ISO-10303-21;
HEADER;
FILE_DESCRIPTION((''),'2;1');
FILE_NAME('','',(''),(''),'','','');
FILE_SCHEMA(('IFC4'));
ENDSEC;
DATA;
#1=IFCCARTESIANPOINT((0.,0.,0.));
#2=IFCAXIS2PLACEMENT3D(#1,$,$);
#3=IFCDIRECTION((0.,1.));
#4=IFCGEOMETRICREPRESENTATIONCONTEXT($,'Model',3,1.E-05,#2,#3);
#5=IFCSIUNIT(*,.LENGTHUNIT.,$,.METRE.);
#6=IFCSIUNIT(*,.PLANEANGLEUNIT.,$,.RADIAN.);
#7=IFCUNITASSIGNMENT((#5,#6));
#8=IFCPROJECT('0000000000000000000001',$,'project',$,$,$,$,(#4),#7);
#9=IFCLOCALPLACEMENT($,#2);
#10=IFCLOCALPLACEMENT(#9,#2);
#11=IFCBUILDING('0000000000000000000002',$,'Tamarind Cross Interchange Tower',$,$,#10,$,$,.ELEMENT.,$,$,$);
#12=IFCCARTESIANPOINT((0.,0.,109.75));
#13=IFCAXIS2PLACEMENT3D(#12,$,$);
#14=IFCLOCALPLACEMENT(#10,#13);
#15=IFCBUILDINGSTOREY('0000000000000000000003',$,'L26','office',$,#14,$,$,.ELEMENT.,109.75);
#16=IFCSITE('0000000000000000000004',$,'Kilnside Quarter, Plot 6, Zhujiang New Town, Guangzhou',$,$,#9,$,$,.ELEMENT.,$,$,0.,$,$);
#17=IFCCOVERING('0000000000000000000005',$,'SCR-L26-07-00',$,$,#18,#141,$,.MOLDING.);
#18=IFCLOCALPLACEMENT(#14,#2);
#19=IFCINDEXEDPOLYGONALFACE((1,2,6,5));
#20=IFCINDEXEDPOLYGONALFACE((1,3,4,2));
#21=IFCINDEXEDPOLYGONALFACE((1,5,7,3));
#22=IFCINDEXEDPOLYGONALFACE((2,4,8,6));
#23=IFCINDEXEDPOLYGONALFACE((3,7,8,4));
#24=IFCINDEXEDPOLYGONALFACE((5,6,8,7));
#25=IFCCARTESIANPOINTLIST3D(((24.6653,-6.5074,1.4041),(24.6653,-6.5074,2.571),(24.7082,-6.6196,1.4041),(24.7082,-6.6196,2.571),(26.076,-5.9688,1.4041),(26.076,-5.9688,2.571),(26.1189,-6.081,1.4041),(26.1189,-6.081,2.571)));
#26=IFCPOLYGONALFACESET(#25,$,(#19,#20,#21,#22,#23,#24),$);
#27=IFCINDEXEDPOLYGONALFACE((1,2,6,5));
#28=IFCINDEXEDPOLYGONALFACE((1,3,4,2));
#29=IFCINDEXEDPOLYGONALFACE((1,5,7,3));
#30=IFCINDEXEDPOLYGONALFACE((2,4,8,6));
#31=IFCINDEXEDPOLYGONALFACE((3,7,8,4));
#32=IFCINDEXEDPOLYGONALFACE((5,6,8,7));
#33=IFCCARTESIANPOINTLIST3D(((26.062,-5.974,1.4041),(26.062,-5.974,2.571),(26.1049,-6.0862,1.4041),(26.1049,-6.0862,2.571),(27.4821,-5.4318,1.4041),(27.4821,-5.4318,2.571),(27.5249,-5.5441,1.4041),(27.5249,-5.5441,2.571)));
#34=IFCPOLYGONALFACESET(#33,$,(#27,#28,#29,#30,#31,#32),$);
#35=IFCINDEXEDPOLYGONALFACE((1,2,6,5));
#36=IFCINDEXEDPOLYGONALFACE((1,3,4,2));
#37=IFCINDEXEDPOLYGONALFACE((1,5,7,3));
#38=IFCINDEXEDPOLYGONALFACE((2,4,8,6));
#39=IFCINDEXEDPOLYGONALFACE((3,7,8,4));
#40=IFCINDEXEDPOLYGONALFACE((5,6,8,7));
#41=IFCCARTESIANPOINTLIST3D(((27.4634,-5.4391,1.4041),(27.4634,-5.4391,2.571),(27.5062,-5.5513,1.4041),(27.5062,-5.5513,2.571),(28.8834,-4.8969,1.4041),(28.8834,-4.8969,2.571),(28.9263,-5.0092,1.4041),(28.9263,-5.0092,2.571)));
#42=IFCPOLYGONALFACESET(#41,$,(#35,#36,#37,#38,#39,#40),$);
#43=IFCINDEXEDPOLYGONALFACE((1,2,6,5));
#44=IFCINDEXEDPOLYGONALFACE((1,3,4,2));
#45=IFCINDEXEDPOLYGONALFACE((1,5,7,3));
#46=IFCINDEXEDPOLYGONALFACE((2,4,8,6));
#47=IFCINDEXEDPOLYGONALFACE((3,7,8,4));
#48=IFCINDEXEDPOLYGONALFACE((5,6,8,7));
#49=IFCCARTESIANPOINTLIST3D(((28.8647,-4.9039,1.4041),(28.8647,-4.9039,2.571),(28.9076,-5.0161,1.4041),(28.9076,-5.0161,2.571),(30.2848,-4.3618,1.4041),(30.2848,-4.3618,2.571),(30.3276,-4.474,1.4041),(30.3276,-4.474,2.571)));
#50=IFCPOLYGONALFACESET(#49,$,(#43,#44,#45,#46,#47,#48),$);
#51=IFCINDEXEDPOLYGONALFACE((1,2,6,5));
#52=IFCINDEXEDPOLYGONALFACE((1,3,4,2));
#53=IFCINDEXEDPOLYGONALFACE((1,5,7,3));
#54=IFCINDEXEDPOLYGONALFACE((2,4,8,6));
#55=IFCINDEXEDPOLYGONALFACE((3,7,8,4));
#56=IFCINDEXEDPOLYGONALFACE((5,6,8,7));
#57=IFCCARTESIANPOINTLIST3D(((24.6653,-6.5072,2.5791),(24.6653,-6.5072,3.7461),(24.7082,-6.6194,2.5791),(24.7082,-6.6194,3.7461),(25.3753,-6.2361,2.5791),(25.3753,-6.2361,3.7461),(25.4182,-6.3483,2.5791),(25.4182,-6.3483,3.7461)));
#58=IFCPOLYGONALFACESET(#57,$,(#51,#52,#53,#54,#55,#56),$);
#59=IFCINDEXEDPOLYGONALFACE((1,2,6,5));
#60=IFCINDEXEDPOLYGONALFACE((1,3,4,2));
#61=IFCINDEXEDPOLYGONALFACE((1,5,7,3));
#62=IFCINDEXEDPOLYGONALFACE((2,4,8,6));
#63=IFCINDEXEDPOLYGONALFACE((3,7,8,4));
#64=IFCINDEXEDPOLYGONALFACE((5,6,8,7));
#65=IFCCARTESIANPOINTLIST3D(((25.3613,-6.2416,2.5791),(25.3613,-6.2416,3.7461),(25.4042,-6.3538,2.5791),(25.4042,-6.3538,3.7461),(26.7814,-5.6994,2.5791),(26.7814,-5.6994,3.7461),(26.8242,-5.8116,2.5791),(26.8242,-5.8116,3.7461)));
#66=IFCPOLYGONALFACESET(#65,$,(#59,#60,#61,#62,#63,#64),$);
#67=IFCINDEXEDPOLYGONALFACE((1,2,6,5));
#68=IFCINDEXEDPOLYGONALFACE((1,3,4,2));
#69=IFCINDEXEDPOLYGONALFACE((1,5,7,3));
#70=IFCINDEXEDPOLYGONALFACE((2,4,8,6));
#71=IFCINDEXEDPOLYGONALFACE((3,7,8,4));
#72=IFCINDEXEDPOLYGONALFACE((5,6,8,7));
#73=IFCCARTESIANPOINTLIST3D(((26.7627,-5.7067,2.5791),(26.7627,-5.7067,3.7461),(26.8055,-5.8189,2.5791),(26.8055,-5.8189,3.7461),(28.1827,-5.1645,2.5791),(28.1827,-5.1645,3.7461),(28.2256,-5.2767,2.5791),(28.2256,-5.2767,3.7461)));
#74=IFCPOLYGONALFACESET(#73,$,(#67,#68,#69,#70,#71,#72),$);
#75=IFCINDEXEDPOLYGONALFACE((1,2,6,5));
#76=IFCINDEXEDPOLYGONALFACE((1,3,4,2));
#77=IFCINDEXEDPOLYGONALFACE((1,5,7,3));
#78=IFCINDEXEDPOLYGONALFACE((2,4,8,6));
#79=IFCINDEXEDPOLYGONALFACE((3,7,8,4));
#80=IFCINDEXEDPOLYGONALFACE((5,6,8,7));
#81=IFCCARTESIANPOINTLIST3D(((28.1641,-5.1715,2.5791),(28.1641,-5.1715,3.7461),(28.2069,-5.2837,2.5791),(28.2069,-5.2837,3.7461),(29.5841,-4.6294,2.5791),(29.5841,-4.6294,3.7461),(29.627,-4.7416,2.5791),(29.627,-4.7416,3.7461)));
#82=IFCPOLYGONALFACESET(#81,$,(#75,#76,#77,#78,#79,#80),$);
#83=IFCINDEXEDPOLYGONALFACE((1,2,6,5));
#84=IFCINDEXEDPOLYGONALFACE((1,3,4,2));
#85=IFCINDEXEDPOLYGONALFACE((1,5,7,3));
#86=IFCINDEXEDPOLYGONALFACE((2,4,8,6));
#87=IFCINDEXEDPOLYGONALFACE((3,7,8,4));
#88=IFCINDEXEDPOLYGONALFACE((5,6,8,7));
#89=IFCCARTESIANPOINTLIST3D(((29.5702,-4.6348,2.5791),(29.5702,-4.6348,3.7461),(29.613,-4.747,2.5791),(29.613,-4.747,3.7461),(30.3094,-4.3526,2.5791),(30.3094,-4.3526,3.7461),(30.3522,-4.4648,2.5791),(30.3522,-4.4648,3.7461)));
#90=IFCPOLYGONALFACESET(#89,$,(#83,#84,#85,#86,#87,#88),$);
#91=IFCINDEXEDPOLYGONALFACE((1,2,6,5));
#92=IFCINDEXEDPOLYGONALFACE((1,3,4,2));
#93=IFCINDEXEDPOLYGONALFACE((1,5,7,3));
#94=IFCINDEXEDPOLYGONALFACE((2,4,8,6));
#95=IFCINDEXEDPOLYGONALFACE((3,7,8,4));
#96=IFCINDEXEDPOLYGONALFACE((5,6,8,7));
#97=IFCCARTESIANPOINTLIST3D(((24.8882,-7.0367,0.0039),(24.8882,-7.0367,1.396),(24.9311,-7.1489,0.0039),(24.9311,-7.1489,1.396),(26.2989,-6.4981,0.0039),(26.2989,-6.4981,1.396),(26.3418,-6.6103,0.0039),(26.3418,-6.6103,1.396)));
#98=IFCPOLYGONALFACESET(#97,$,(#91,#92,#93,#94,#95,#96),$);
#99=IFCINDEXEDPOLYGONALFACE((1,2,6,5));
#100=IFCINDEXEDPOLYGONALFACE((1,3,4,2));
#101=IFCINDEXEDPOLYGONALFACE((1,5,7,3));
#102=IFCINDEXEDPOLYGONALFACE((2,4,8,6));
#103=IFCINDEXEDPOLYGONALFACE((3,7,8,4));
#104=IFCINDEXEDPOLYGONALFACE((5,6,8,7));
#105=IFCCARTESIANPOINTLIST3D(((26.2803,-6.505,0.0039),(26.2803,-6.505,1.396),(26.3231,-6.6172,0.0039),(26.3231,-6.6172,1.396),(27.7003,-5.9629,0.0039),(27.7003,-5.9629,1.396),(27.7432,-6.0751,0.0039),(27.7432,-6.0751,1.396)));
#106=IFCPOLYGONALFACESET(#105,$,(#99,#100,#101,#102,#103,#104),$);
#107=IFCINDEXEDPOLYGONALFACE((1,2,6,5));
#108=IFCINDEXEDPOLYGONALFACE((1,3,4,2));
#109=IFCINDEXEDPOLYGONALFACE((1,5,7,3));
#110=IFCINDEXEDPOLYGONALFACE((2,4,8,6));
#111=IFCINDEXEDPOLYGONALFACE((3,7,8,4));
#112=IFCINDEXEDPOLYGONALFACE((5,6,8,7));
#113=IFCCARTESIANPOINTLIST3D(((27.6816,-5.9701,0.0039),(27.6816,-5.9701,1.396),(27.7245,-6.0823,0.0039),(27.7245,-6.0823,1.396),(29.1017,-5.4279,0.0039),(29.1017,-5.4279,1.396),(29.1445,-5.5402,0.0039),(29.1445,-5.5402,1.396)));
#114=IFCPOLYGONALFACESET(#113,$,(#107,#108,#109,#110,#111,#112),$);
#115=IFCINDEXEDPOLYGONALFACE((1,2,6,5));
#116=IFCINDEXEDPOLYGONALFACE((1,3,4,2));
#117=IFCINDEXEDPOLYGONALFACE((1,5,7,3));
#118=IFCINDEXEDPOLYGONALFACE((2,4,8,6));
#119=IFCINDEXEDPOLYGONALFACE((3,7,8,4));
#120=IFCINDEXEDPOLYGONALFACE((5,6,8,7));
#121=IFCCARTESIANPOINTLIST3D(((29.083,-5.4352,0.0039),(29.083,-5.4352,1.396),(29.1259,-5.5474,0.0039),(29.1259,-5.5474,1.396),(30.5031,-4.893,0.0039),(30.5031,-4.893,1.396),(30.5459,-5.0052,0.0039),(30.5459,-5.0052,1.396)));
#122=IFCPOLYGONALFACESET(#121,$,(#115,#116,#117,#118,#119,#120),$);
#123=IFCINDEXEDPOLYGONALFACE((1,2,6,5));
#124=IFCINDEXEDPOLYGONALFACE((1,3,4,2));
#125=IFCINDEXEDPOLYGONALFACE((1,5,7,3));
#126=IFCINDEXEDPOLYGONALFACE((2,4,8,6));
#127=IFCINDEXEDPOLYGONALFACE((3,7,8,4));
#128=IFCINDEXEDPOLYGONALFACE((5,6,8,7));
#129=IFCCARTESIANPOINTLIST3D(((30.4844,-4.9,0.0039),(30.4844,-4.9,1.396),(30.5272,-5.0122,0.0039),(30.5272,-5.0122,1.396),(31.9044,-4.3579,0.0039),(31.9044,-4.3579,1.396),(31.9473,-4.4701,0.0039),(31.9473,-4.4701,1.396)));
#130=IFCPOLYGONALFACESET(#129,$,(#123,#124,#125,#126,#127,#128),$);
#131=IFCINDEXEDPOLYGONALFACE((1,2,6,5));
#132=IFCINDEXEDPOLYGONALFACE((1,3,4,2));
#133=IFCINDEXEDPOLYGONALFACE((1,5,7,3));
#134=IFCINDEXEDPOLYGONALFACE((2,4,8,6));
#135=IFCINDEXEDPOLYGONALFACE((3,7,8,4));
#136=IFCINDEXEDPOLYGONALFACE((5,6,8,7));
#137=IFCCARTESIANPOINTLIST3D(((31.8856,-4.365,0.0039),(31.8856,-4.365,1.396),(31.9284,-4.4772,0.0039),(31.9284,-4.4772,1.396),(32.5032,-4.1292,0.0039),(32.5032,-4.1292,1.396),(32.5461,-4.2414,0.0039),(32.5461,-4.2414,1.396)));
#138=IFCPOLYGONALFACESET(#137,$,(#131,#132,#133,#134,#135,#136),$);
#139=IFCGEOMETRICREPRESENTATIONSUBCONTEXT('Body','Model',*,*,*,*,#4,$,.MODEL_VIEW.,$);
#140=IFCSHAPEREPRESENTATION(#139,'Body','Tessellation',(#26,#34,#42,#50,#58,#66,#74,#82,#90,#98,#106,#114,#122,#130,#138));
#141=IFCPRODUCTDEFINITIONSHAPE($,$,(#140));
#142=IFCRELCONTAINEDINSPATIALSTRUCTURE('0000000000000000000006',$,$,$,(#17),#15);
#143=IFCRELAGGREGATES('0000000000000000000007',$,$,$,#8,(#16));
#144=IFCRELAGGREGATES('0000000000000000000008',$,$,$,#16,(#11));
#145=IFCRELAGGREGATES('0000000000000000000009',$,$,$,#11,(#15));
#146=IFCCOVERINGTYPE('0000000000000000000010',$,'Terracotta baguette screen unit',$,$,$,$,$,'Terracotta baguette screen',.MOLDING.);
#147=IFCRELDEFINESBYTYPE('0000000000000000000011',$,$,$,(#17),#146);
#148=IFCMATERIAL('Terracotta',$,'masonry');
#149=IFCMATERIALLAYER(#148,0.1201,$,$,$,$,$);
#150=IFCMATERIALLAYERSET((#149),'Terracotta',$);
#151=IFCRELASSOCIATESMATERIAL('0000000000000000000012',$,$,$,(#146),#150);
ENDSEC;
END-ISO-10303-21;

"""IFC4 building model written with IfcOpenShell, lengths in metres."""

from ifc_helpers import new_model, si_unit, direction, frame, origin, origin_2d, place, context, subcontext, project, spatial, rectangle, extrude, material, layer, layer_set, type_object, element, save


model = new_model("IFC4")

# Units and contexts
model_context = context("Model", 3, precision=1e-05, world=origin(), true_north=direction((0.0, 1.0)))
body_context = subcontext(model_context, "Body", "Model", "MODEL_VIEW")
ifc_project = project(units=[si_unit("LENGTHUNIT", "METRE"), si_unit("PLANEANGLEUNIT", "RADIAN")], contexts=[model_context])

# Site, building, storey
site_placement = place(None, origin())
site = spatial("IfcSite", under=ifc_project, at=site_placement, Name="Kilnside Quarter, Plot 6, Zhujiang New Town, Guangzhou", CompositionType="ELEMENT", RefElevation=0.0)
building_placement = place(site_placement, origin())
building = spatial("IfcBuilding", under=site, at=building_placement, Name="Tamarind Cross Interchange Tower", CompositionType="ELEMENT")
storey_placement = place(building_placement, frame((0.0, 0.0, 109.75)))
storey = spatial("IfcBuildingStorey", under=building, at=storey_placement, Name="L26", Description="office", CompositionType="ELEMENT", Elevation=109.75)

# Covering
ifc_material_1 = material(Name="Terracotta", Category="masonry")
ifc_layer_1 = layer(ifc_material_1, 0.1201)
ifc_layer_set_1 = layer_set([ifc_layer_1], Name="Terracotta")
covering_type = type_object("IfcCoveringType", Name="Terracotta baguette screen unit", ElementType="Terracotta baguette screen", PredefinedType="MOLDING", material=ifc_layer_set_1)
covering_1_placement = place(storey_placement, origin())
element("IfcCovering", 1, at=covering_1_placement, inside=storey, type_object=covering_type, Name="SCR-L26-07-00", PredefinedType="MOLDING", context=body_context, shape_type="SweptSolid", body=[
    extrude(rectangle(XDim=1.51, YDim=0.1201, at=origin_2d()), frame((25.3921, -6.2942, 1.4041), z_axis=(0.0, 0.0, 1.0), x_axis=(0.934229, 0.356673, 0.0)), (0.0, 0.0, 1.0), 1.167),
    extrude(rectangle(XDim=1.52, YDim=0.1201, at=origin_2d()), frame((26.7935, -5.759, 1.4041), z_axis=(0.0, 0.0, 1.0), x_axis=(0.934229, 0.356673, 0.0)), (0.0, 0.0, 1.0), 1.167),
    extrude(rectangle(XDim=1.52, YDim=0.1201, at=origin_2d()), frame((28.1948, -5.2241, 1.4041), z_axis=(0.0, 0.0, 1.0), x_axis=(0.934229, 0.356673, 0.0)), (0.0, 0.0, 1.0), 1.167),
    extrude(rectangle(XDim=1.52, YDim=0.1201, at=origin_2d()), frame((29.5962, -4.689, 1.4041), z_axis=(0.0, 0.0, 1.0), x_axis=(0.934229, 0.356673, 0.0)), (0.0, 0.0, 1.0), 1.167),
    extrude(rectangle(XDim=0.76, YDim=0.1201, at=origin_2d()), frame((25.0417, -6.4277, 2.5791), z_axis=(0.0, 0.0, 1.0), x_axis=(0.934229, 0.356673, 0.0)), (0.0, 0.0, 1.0), 1.167),
    extrude(rectangle(XDim=1.52, YDim=0.1201, at=origin_2d()), frame((26.0928, -6.0266, 2.5791), z_axis=(0.0, 0.0, 1.0), x_axis=(0.934229, 0.356673, 0.0)), (0.0, 0.0, 1.0), 1.167),
    extrude(rectangle(XDim=1.52, YDim=0.1201, at=origin_2d()), frame((27.4941, -5.4917, 2.5791), z_axis=(0.0, 0.0, 1.0), x_axis=(0.934229, 0.356673, 0.0)), (0.0, 0.0, 1.0), 1.167),
    extrude(rectangle(XDim=1.52, YDim=0.1201, at=origin_2d()), frame((28.8955, -4.9565, 2.5791), z_axis=(0.0, 0.0, 1.0), x_axis=(0.934229, 0.356673, 0.0)), (0.0, 0.0, 1.0), 1.167),
    extrude(rectangle(XDim=0.7913, YDim=0.1201, at=origin_2d()), frame((29.9612, -4.5498, 2.5791), z_axis=(0.0, 0.0, 1.0), x_axis=(0.934229, 0.356673, 0.0)), (0.0, 0.0, 1.0), 1.167),
    extrude(rectangle(XDim=1.51, YDim=0.1201, at=origin_2d()), frame((25.615, -6.8235, 0.0039), z_axis=(0.0, 0.0, 1.0), x_axis=(0.934229, 0.356673, 0.0)), (0.0, 0.0, 1.0), 1.3921),
    extrude(rectangle(XDim=1.52, YDim=0.1201, at=origin_2d()), frame((27.0117, -6.29, 0.0039), z_axis=(0.0, 0.0, 1.0), x_axis=(0.934229, 0.356673, 0.0)), (0.0, 0.0, 1.0), 1.3921),
    extrude(rectangle(XDim=1.52, YDim=0.1201, at=origin_2d()), frame((28.4131, -5.7551, 0.0039), z_axis=(0.0, 0.0, 1.0), x_axis=(0.934229, 0.356673, 0.0)), (0.0, 0.0, 1.0), 1.3921),
    extrude(rectangle(XDim=1.52, YDim=0.1201, at=origin_2d()), frame((29.8145, -5.2202, 0.0039), z_axis=(0.0, 0.0, 1.0), x_axis=(0.934229, 0.356673, 0.0)), (0.0, 0.0, 1.0), 1.3921),
    extrude(rectangle(XDim=1.52, YDim=0.1201, at=origin_2d()), frame((31.2158, -4.6851, 0.0039), z_axis=(0.0, 0.0, 1.0), x_axis=(0.934229, 0.356673, 0.0)), (0.0, 0.0, 1.0), 1.3921),
    extrude(rectangle(XDim=0.6611, YDim=0.1201, at=origin_2d()), frame((32.2158, -4.3032, 0.0039), z_axis=(0.0, 0.0, 1.0), x_axis=(0.934229, 0.356673, 0.0)), (0.0, 0.0, 1.0), 1.3921),
])

save(model, "model.ifc")
